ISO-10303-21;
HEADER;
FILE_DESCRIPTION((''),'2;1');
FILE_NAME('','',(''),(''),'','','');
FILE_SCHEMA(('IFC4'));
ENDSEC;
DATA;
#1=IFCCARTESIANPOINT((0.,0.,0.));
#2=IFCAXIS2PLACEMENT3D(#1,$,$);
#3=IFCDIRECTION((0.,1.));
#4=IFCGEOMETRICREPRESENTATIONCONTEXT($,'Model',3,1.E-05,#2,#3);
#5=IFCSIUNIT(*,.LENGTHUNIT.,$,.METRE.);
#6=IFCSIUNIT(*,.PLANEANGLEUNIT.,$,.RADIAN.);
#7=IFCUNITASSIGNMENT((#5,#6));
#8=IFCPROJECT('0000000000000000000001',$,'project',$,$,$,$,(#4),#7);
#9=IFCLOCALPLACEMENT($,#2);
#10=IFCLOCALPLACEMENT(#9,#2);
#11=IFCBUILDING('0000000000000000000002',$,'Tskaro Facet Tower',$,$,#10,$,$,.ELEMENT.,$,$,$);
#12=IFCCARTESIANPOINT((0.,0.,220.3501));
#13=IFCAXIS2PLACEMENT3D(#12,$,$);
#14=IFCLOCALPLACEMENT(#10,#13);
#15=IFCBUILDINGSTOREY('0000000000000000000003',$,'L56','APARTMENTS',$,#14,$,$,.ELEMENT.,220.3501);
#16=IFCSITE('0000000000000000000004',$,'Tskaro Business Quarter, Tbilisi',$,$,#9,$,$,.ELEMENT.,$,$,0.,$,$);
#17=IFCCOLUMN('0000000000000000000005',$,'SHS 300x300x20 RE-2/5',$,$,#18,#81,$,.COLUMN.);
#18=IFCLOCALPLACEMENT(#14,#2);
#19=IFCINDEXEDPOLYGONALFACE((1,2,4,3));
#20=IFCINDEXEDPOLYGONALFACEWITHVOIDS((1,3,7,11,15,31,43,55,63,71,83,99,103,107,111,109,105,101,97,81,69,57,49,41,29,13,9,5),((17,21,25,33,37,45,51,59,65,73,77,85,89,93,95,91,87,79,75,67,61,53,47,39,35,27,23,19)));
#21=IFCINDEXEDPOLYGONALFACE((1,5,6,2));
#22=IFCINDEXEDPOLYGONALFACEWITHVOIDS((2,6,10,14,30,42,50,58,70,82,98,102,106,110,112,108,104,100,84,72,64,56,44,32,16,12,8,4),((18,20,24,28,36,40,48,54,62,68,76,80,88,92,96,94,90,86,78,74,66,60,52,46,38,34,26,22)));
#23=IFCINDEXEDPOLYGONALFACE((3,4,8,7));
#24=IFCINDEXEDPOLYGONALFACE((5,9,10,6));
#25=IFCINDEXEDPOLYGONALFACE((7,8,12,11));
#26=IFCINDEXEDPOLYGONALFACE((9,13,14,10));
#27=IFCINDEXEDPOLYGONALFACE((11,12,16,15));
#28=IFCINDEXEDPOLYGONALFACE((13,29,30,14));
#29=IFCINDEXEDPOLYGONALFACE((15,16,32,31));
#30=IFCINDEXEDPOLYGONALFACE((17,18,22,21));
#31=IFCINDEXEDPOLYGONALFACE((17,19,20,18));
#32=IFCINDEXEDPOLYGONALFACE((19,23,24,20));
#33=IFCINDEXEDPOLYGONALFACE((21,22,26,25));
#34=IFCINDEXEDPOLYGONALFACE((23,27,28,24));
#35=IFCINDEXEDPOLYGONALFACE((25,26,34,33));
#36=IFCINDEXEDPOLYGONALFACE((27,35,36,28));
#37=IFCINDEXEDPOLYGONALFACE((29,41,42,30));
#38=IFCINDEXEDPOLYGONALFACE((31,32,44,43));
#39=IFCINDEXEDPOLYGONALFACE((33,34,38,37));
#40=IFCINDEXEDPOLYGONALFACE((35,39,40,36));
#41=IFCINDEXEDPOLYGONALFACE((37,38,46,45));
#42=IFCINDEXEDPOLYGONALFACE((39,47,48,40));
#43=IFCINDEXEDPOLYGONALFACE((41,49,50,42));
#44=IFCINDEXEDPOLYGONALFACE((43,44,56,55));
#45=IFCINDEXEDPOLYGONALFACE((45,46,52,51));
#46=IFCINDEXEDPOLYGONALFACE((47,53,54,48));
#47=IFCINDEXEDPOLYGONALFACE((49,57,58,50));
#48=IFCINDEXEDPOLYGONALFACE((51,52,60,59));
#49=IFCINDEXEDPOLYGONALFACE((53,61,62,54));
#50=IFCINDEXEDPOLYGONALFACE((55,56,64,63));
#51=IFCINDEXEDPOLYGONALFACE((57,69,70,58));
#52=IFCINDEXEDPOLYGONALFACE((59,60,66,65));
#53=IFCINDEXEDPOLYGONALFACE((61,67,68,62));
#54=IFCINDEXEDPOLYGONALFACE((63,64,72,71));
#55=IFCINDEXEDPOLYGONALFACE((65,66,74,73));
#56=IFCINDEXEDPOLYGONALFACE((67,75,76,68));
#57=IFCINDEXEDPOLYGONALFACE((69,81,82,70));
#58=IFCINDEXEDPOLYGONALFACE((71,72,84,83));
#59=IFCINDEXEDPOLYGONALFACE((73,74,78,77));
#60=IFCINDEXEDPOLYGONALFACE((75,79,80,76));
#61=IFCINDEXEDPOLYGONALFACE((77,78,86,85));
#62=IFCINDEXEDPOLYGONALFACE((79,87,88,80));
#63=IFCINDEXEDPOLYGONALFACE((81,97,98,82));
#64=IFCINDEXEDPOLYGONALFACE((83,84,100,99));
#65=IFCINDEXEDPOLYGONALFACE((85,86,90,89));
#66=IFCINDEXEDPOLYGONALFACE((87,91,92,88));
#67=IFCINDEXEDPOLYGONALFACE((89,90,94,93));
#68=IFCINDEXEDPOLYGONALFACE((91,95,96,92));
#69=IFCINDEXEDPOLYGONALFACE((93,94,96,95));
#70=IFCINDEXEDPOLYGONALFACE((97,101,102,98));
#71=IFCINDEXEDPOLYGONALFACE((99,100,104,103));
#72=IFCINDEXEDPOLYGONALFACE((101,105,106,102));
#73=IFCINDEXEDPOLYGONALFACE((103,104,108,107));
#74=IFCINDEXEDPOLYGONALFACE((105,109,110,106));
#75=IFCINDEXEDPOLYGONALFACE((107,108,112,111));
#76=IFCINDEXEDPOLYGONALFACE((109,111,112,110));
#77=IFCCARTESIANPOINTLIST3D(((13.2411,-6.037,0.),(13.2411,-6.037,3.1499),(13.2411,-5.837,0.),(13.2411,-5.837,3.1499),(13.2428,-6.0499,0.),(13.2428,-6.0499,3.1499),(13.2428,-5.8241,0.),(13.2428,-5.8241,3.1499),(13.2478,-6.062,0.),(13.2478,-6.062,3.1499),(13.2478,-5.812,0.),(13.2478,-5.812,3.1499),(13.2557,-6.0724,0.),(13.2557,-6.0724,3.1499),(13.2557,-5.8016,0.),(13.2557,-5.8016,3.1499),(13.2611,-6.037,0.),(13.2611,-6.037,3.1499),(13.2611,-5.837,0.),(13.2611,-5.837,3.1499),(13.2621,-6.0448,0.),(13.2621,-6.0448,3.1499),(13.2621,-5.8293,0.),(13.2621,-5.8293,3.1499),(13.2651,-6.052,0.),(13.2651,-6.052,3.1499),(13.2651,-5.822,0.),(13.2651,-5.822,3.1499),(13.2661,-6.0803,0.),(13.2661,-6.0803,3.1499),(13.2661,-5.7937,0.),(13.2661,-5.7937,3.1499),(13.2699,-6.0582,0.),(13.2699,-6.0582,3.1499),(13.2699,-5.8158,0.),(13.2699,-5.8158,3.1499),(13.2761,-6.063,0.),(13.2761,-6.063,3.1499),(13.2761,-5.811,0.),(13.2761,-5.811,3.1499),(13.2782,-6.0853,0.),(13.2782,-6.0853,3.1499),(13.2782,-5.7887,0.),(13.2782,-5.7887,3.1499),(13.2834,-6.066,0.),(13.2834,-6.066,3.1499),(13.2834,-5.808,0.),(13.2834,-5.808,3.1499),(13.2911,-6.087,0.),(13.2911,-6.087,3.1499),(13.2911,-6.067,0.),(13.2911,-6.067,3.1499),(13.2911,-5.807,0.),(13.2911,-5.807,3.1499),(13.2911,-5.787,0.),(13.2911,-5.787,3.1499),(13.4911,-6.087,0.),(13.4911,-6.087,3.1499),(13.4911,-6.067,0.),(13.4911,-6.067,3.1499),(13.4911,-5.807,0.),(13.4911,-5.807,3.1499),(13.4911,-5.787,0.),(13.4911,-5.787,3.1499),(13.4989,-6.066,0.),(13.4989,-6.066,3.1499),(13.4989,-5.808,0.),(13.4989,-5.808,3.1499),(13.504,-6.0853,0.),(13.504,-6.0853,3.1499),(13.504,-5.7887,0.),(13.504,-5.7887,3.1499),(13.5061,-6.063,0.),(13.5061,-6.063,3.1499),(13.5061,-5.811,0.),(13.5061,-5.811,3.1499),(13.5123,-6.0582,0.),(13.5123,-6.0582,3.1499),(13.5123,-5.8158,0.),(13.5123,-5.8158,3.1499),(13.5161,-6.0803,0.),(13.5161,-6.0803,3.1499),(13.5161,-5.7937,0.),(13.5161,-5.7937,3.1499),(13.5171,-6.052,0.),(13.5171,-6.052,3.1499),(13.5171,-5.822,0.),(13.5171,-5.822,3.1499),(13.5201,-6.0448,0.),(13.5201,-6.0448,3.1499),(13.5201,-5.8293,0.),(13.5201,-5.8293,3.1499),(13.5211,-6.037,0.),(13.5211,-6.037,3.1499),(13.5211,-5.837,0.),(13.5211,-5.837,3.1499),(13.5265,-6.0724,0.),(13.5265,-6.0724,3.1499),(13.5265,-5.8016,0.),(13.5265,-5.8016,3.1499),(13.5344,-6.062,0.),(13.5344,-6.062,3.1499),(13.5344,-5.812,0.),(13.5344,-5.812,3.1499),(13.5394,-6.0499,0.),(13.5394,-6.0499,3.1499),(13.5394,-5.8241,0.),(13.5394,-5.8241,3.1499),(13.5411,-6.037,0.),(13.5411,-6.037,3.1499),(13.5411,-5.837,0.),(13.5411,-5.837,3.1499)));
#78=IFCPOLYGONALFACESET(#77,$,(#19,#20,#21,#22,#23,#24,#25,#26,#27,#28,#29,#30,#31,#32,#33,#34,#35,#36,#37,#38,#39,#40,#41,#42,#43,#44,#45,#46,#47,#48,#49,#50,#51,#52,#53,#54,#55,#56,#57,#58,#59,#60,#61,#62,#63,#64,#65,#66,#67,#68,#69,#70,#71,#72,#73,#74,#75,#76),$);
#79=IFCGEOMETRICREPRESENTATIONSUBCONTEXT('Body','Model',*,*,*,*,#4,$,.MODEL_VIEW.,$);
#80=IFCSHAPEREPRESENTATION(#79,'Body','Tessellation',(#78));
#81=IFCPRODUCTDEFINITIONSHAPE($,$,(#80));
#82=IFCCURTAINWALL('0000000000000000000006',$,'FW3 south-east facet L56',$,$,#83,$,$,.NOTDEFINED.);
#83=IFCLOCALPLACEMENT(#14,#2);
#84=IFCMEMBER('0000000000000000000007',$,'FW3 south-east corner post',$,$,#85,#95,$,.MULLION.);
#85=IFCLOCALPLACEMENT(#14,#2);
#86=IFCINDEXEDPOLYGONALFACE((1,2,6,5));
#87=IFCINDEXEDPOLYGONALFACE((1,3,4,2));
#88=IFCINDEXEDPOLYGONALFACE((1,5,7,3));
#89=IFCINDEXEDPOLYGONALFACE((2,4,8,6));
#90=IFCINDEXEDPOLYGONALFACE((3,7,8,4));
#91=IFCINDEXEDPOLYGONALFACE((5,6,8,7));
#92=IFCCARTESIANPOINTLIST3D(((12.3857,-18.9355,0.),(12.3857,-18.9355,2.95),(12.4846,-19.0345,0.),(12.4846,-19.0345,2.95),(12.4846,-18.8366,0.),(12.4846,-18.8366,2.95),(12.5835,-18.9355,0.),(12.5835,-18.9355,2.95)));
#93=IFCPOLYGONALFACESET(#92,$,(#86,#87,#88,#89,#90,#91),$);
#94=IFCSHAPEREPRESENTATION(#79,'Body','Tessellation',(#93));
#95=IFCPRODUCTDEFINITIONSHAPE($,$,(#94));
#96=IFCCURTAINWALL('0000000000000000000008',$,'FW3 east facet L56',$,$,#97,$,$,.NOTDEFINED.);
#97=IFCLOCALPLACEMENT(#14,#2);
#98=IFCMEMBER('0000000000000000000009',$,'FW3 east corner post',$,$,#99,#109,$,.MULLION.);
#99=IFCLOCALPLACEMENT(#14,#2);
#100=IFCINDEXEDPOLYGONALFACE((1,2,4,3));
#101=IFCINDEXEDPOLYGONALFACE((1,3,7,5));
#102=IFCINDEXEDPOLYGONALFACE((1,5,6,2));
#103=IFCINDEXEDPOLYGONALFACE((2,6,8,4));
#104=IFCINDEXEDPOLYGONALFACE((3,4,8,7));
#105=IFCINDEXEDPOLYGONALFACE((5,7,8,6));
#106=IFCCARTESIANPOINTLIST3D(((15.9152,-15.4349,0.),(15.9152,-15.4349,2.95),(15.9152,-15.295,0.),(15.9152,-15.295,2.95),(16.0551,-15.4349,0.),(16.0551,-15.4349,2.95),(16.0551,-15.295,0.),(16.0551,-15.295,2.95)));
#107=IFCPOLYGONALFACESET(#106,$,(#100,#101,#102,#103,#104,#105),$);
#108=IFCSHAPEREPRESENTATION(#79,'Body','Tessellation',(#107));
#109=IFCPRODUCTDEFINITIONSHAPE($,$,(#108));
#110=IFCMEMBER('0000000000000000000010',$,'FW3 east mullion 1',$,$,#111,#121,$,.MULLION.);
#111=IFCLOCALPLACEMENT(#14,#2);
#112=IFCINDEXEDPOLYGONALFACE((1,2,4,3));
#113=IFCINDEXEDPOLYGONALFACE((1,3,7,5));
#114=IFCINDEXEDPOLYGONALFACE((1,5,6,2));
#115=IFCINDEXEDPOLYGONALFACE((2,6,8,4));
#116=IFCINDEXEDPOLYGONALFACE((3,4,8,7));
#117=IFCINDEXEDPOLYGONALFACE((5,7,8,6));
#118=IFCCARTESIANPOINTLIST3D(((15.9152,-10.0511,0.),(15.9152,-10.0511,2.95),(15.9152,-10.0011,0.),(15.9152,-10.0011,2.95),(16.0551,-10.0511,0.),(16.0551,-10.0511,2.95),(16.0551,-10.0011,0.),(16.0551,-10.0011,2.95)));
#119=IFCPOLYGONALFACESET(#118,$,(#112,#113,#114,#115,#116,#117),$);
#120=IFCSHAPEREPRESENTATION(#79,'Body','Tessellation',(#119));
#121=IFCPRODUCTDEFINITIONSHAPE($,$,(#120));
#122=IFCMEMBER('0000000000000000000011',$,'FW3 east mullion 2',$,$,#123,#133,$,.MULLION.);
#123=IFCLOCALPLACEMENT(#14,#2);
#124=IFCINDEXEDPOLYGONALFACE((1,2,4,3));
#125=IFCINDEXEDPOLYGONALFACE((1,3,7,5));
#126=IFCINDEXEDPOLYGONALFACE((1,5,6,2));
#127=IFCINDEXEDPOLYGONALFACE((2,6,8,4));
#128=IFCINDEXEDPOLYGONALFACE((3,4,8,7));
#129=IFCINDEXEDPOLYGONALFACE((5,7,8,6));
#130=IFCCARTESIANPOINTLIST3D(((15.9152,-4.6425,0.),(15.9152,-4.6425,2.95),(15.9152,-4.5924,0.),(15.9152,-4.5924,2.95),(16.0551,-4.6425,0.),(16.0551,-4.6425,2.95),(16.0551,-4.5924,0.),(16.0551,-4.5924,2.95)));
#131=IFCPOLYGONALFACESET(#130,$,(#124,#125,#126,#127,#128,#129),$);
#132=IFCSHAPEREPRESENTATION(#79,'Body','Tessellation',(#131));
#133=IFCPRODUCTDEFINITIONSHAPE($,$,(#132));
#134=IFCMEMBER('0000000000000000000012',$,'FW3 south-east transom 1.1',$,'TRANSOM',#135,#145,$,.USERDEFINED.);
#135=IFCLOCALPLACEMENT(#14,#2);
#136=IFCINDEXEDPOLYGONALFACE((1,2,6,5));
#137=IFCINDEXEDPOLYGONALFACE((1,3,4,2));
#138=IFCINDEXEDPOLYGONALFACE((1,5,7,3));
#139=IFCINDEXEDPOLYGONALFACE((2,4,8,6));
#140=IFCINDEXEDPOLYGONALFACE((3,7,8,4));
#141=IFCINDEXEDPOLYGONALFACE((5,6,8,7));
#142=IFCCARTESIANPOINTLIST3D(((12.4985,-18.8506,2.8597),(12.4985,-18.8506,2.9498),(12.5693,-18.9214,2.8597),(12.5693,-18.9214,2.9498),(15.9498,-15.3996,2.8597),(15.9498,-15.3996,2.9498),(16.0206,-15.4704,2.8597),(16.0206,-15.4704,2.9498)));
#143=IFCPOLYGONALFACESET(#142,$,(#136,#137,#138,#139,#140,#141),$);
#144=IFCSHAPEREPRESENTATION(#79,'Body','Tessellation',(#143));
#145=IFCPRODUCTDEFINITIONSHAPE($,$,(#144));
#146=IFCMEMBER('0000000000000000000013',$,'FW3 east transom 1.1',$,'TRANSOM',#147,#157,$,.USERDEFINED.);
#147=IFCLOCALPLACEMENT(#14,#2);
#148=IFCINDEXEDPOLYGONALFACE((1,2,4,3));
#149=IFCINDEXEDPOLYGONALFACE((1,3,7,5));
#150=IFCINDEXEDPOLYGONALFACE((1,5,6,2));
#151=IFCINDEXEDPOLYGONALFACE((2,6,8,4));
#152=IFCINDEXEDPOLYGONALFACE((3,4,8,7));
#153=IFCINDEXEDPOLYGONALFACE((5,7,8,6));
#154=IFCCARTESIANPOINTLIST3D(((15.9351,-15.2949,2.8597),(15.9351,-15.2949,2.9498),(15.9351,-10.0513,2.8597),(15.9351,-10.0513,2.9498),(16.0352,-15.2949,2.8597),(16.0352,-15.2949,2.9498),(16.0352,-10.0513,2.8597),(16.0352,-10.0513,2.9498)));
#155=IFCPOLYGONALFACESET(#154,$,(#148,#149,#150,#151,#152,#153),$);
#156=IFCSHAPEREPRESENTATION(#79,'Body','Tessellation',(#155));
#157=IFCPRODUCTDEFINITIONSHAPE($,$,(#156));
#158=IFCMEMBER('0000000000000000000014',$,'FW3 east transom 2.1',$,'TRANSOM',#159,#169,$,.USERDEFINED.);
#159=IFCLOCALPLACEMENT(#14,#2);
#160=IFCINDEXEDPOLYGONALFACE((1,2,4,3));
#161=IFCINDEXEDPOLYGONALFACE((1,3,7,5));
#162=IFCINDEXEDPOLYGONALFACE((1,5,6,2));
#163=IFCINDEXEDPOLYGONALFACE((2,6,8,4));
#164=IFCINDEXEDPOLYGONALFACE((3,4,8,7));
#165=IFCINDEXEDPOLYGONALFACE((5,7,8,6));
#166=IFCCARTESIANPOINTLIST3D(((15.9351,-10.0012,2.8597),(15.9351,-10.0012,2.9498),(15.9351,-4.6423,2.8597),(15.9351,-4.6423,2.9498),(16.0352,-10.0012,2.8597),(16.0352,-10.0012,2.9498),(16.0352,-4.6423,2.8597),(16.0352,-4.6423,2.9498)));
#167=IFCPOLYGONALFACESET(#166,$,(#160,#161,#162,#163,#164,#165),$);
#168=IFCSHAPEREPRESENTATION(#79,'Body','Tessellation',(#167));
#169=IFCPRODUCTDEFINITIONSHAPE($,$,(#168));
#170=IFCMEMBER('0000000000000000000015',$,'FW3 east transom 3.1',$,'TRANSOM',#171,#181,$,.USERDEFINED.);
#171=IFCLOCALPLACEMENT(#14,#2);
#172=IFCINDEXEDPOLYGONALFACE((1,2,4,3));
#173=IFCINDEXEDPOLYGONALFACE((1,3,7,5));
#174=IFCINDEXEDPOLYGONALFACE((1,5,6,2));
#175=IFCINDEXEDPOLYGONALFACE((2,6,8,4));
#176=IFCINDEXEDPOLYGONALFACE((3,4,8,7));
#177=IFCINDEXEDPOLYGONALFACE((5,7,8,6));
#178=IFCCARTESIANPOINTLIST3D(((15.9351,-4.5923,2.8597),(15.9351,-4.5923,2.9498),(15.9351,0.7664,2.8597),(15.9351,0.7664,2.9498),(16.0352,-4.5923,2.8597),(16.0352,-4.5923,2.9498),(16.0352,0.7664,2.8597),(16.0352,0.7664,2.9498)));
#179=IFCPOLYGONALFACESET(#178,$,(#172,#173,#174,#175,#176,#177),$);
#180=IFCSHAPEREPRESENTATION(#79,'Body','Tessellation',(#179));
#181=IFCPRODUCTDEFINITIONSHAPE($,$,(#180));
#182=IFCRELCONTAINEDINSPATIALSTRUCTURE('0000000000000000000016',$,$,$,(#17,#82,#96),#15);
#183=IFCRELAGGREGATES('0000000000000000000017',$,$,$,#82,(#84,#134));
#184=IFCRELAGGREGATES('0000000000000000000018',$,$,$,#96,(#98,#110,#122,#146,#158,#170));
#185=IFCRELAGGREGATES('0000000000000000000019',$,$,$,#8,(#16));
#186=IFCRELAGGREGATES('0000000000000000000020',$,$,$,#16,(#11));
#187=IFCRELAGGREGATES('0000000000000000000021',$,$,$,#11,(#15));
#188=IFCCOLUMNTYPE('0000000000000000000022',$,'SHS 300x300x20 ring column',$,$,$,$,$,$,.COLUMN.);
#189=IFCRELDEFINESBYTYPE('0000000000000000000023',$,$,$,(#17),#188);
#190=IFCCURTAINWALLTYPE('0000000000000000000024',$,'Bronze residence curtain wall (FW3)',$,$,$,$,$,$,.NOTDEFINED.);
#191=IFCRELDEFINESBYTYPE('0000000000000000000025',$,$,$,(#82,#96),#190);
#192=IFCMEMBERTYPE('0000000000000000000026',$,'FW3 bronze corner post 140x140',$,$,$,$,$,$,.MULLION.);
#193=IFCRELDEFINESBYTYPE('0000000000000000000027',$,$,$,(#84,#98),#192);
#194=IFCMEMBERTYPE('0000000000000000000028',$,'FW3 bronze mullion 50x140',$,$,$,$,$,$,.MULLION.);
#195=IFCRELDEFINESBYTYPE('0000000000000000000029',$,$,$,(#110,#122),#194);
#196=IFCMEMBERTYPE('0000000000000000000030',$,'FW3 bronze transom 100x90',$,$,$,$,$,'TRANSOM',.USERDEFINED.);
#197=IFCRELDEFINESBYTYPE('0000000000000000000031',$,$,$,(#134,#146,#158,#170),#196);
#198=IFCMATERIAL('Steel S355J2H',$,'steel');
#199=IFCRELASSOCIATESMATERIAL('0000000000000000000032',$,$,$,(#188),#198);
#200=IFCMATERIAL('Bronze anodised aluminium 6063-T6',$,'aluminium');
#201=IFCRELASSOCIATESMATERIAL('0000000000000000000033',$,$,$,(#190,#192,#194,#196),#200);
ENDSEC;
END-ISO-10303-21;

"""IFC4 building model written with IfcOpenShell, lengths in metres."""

from ifc_helpers import new_model, si_unit, direction, frame, origin, origin_2d, place, context, subcontext, project, spatial, rectangle, hollow_rectangle, extrude, material, material_profile, profile_set, type_object, element, aggregate, save


model = new_model("IFC4")

# Units and contexts
model_context = context("Model", 3, precision=1e-05, world=origin(), true_north=direction((0.0, 1.0)))
body_context = subcontext(model_context, "Body", "Model", "MODEL_VIEW")
ifc_project = project(units=[si_unit("LENGTHUNIT", "METRE"), si_unit("PLANEANGLEUNIT", "RADIAN")], contexts=[model_context])

# Site, building, storey
site_placement = place(None, origin())
site = spatial("IfcSite", under=ifc_project, at=site_placement, Name="Tskaro Business Quarter, Tbilisi", CompositionType="ELEMENT", RefElevation=0.0)
building_placement = place(site_placement, origin())
building = spatial("IfcBuilding", under=site, at=building_placement, Name="Tskaro Facet Tower", CompositionType="ELEMENT")
storey_placement = place(building_placement, frame((0.0, 0.0, 220.3501)))
storey = spatial("IfcBuildingStorey", under=building, at=storey_placement, Name="L56", Description="APARTMENTS", CompositionType="ELEMENT", Elevation=220.3501)

# Column
ifc_material_1 = material(Name="Steel S355J2H", Category="steel")
ifc_material_profile_1 = material_profile(ifc_material_1, hollow_rectangle(XDim=0.3, YDim=0.3, WallThickness=0.02, InnerFilletRadius=0.03, OuterFilletRadius=0.05, at=origin_2d()), Name="SHS 300x300x20")
ifc_profile_set_1 = profile_set([ifc_material_profile_1], Name="Steel S355J2H")
column_type_1 = type_object("IfcColumnType", Name="SHS 300x300x20 ring column", PredefinedType="COLUMN", material=ifc_profile_set_1)
for number, where, z_axis, x_axis, name in (
    (1, (13.3911, -5.937, 0.0), (0.0, 0.0, 1.0), (1.0, 0.0, 0.0), "SHS 300x300x20 RE-2/5"),
):
    element("IfcColumn", number, at=place(storey_placement, frame(where, z_axis=z_axis, x_axis=x_axis)), inside=storey, type_object=column_type_1, Name=name, PredefinedType="COLUMN", context=body_context, shape_type="SweptSolid", body=[
        extrude(hollow_rectangle(XDim=0.3, YDim=0.3, WallThickness=0.02, InnerFilletRadius=0.03, OuterFilletRadius=0.05, at=origin_2d()), origin(), (0.0, 0.0, 1.0), 3.1499),
    ])

# Curtain wall, member
ifc_material_2 = material(Name="Bronze anodised aluminium 6063-T6", Category="aluminium")
curtain_wall_type = type_object("IfcCurtainWallType", Name="Bronze residence curtain wall (FW3)", PredefinedType="NOTDEFINED", material=ifc_material_2)
curtain_wall_1_placement = place(storey_placement, origin())
curtain_wall_1 = element("IfcCurtainWall", 2, at=curtain_wall_1_placement, inside=storey, type_object=curtain_wall_type, Name="FW3 south-east facet L56", PredefinedType="NOTDEFINED")
ifc_material_profile_2 = material_profile(ifc_material_2, rectangle(XDim=0.1399, YDim=0.1399, at=origin_2d()), Name="Corner post 140x140")
ifc_profile_set_2 = profile_set([ifc_material_profile_2], Name="Bronze anodised aluminium 6063-T6")
member_type_1 = type_object("IfcMemberType", Name="FW3 bronze corner post 140x140", PredefinedType="MULLION", material=ifc_profile_set_2)
member_1_placement = place(storey_placement, frame((12.4846, -18.9355, 0.0), z_axis=(0.0, 0.0, 1.0), x_axis=(0.707107, 0.707107, 0.0)))
member_1 = element("IfcMember", 3, at=member_1_placement, type_object=member_type_1, Name="FW3 south-east corner post", PredefinedType="MULLION", context=body_context, shape_type="SweptSolid", body=[
    extrude(rectangle(XDim=0.1399, YDim=0.1399, at=origin_2d()), origin(), (0.0, 0.0, 1.0), 2.95),
])

# Curtain wall, members
curtain_wall_2_placement = place(storey_placement, origin())
curtain_wall_2 = element("IfcCurtainWall", 4, at=curtain_wall_2_placement, inside=storey, type_object=curtain_wall_type, Name="FW3 east facet L56", PredefinedType="NOTDEFINED")
member_2_placement = place(storey_placement, frame((15.9851, -15.365, 0.0), z_axis=(0.0, 0.0, 1.0), x_axis=(0.0, 1.0, 0.0)))
member_2 = element("IfcMember", 5, at=member_2_placement, type_object=member_type_1, Name="FW3 east corner post", PredefinedType="MULLION", context=body_context, shape_type="SweptSolid", body=[
    extrude(rectangle(XDim=0.1399, YDim=0.1399, at=origin_2d()), origin(), (0.0, 0.0, 1.0), 2.95),
])
ifc_material_profile_3 = material_profile(ifc_material_2, rectangle(XDim=0.05, YDim=0.1399, at=origin_2d()), Name="Mullion 50x140")
ifc_profile_set_3 = profile_set([ifc_material_profile_3], Name="Bronze anodised aluminium 6063-T6")
member_type_2 = type_object("IfcMemberType", Name="FW3 bronze mullion 50x140", PredefinedType="MULLION", material=ifc_profile_set_3)
member_3_placement = place(storey_placement, frame((15.9851, -10.0261, 0.0), z_axis=(0.0, 0.0, 1.0), x_axis=(0.0, 1.0, 0.0)))
member_3 = element("IfcMember", 6, at=member_3_placement, type_object=member_type_2, Name="FW3 east mullion 1", PredefinedType="MULLION", context=body_context, shape_type="SweptSolid", body=[
    extrude(rectangle(XDim=0.05, YDim=0.1399, at=origin_2d()), origin(), (0.0, 0.0, 1.0), 2.95),
])
member_4_placement = place(storey_placement, frame((15.9851, -4.6174, 0.0), z_axis=(0.0, 0.0, 1.0), x_axis=(0.0, 1.0, 0.0)))
member_4 = element("IfcMember", 7, at=member_4_placement, type_object=member_type_2, Name="FW3 east mullion 2", PredefinedType="MULLION", context=body_context, shape_type="SweptSolid", body=[
    extrude(rectangle(XDim=0.05, YDim=0.1399, at=origin_2d()), origin(), (0.0, 0.0, 1.0), 2.95),
])

# Members
ifc_material_profile_4 = material_profile(ifc_material_2, rectangle(XDim=0.1001, YDim=0.0901, at=origin_2d()), Name="Transom 100x90")
ifc_profile_set_4 = profile_set([ifc_material_profile_4], Name="Bronze anodised aluminium 6063-T6")
member_type_3 = type_object("IfcMemberType", Name="FW3 bronze transom 100x90", ElementType="TRANSOM", PredefinedType="USERDEFINED", material=ifc_profile_set_4)
member_5_placement = place(storey_placement, frame((12.5339, -18.886, 2.9048), z_axis=(0.707132, 0.707082, 0.0), x_axis=(-0.707082, 0.707132, 0.0)))
member_5 = element("IfcMember", 8, at=member_5_placement, type_object=member_type_3, Name="FW3 south-east transom 1.1", ObjectType="TRANSOM", PredefinedType="USERDEFINED", context=body_context, shape_type="SweptSolid", body=[
    extrude(rectangle(XDim=0.1001, YDim=0.0901, at=origin_2d()), origin(), (0.0, 0.0, 1.0), 4.8806),
])
member_6_placement = place(storey_placement, frame((15.9851, -15.2949, 2.9048), z_axis=(0.0, 1.0, 0.0), x_axis=(-1.0, 0.0, 0.0)))
member_6 = element("IfcMember", 9, at=member_6_placement, type_object=member_type_3, Name="FW3 east transom 1.1", ObjectType="TRANSOM", PredefinedType="USERDEFINED", context=body_context, shape_type="SweptSolid", body=[
    extrude(rectangle(XDim=0.1001, YDim=0.0901, at=origin_2d()), origin(), (0.0, 0.0, 1.0), 5.2437),
])
member_7_placement = place(storey_placement, frame((15.9851, -10.0012, 2.9048), z_axis=(0.0, 1.0, 0.0), x_axis=(-1.0, 0.0, 0.0)))
member_7 = element("IfcMember", 10, at=member_7_placement, type_object=member_type_3, Name="FW3 east transom 2.1", ObjectType="TRANSOM", PredefinedType="USERDEFINED", context=body_context, shape_type="SweptSolid", body=[
    extrude(rectangle(XDim=0.1001, YDim=0.0901, at=origin_2d()), origin(), (0.0, 0.0, 1.0), 5.3589),
])
member_8_placement = place(storey_placement, frame((15.9851, -4.5923, 2.9048), z_axis=(0.0, 1.0, 0.0), x_axis=(-1.0, 0.0, 0.0)))
member_8 = element("IfcMember", 11, at=member_8_placement, type_object=member_type_3, Name="FW3 east transom 3.1", ObjectType="TRANSOM", PredefinedType="USERDEFINED", context=body_context, shape_type="SweptSolid", body=[
    extrude(rectangle(XDim=0.1001, YDim=0.0901, at=origin_2d()), origin(), (0.0, 0.0, 1.0), 5.3586),
])

aggregate(curtain_wall_1, [member_1, member_5])
aggregate(curtain_wall_2, [member_2, member_3, member_4, member_6, member_7, member_8])

save(model, "model.ifc")
